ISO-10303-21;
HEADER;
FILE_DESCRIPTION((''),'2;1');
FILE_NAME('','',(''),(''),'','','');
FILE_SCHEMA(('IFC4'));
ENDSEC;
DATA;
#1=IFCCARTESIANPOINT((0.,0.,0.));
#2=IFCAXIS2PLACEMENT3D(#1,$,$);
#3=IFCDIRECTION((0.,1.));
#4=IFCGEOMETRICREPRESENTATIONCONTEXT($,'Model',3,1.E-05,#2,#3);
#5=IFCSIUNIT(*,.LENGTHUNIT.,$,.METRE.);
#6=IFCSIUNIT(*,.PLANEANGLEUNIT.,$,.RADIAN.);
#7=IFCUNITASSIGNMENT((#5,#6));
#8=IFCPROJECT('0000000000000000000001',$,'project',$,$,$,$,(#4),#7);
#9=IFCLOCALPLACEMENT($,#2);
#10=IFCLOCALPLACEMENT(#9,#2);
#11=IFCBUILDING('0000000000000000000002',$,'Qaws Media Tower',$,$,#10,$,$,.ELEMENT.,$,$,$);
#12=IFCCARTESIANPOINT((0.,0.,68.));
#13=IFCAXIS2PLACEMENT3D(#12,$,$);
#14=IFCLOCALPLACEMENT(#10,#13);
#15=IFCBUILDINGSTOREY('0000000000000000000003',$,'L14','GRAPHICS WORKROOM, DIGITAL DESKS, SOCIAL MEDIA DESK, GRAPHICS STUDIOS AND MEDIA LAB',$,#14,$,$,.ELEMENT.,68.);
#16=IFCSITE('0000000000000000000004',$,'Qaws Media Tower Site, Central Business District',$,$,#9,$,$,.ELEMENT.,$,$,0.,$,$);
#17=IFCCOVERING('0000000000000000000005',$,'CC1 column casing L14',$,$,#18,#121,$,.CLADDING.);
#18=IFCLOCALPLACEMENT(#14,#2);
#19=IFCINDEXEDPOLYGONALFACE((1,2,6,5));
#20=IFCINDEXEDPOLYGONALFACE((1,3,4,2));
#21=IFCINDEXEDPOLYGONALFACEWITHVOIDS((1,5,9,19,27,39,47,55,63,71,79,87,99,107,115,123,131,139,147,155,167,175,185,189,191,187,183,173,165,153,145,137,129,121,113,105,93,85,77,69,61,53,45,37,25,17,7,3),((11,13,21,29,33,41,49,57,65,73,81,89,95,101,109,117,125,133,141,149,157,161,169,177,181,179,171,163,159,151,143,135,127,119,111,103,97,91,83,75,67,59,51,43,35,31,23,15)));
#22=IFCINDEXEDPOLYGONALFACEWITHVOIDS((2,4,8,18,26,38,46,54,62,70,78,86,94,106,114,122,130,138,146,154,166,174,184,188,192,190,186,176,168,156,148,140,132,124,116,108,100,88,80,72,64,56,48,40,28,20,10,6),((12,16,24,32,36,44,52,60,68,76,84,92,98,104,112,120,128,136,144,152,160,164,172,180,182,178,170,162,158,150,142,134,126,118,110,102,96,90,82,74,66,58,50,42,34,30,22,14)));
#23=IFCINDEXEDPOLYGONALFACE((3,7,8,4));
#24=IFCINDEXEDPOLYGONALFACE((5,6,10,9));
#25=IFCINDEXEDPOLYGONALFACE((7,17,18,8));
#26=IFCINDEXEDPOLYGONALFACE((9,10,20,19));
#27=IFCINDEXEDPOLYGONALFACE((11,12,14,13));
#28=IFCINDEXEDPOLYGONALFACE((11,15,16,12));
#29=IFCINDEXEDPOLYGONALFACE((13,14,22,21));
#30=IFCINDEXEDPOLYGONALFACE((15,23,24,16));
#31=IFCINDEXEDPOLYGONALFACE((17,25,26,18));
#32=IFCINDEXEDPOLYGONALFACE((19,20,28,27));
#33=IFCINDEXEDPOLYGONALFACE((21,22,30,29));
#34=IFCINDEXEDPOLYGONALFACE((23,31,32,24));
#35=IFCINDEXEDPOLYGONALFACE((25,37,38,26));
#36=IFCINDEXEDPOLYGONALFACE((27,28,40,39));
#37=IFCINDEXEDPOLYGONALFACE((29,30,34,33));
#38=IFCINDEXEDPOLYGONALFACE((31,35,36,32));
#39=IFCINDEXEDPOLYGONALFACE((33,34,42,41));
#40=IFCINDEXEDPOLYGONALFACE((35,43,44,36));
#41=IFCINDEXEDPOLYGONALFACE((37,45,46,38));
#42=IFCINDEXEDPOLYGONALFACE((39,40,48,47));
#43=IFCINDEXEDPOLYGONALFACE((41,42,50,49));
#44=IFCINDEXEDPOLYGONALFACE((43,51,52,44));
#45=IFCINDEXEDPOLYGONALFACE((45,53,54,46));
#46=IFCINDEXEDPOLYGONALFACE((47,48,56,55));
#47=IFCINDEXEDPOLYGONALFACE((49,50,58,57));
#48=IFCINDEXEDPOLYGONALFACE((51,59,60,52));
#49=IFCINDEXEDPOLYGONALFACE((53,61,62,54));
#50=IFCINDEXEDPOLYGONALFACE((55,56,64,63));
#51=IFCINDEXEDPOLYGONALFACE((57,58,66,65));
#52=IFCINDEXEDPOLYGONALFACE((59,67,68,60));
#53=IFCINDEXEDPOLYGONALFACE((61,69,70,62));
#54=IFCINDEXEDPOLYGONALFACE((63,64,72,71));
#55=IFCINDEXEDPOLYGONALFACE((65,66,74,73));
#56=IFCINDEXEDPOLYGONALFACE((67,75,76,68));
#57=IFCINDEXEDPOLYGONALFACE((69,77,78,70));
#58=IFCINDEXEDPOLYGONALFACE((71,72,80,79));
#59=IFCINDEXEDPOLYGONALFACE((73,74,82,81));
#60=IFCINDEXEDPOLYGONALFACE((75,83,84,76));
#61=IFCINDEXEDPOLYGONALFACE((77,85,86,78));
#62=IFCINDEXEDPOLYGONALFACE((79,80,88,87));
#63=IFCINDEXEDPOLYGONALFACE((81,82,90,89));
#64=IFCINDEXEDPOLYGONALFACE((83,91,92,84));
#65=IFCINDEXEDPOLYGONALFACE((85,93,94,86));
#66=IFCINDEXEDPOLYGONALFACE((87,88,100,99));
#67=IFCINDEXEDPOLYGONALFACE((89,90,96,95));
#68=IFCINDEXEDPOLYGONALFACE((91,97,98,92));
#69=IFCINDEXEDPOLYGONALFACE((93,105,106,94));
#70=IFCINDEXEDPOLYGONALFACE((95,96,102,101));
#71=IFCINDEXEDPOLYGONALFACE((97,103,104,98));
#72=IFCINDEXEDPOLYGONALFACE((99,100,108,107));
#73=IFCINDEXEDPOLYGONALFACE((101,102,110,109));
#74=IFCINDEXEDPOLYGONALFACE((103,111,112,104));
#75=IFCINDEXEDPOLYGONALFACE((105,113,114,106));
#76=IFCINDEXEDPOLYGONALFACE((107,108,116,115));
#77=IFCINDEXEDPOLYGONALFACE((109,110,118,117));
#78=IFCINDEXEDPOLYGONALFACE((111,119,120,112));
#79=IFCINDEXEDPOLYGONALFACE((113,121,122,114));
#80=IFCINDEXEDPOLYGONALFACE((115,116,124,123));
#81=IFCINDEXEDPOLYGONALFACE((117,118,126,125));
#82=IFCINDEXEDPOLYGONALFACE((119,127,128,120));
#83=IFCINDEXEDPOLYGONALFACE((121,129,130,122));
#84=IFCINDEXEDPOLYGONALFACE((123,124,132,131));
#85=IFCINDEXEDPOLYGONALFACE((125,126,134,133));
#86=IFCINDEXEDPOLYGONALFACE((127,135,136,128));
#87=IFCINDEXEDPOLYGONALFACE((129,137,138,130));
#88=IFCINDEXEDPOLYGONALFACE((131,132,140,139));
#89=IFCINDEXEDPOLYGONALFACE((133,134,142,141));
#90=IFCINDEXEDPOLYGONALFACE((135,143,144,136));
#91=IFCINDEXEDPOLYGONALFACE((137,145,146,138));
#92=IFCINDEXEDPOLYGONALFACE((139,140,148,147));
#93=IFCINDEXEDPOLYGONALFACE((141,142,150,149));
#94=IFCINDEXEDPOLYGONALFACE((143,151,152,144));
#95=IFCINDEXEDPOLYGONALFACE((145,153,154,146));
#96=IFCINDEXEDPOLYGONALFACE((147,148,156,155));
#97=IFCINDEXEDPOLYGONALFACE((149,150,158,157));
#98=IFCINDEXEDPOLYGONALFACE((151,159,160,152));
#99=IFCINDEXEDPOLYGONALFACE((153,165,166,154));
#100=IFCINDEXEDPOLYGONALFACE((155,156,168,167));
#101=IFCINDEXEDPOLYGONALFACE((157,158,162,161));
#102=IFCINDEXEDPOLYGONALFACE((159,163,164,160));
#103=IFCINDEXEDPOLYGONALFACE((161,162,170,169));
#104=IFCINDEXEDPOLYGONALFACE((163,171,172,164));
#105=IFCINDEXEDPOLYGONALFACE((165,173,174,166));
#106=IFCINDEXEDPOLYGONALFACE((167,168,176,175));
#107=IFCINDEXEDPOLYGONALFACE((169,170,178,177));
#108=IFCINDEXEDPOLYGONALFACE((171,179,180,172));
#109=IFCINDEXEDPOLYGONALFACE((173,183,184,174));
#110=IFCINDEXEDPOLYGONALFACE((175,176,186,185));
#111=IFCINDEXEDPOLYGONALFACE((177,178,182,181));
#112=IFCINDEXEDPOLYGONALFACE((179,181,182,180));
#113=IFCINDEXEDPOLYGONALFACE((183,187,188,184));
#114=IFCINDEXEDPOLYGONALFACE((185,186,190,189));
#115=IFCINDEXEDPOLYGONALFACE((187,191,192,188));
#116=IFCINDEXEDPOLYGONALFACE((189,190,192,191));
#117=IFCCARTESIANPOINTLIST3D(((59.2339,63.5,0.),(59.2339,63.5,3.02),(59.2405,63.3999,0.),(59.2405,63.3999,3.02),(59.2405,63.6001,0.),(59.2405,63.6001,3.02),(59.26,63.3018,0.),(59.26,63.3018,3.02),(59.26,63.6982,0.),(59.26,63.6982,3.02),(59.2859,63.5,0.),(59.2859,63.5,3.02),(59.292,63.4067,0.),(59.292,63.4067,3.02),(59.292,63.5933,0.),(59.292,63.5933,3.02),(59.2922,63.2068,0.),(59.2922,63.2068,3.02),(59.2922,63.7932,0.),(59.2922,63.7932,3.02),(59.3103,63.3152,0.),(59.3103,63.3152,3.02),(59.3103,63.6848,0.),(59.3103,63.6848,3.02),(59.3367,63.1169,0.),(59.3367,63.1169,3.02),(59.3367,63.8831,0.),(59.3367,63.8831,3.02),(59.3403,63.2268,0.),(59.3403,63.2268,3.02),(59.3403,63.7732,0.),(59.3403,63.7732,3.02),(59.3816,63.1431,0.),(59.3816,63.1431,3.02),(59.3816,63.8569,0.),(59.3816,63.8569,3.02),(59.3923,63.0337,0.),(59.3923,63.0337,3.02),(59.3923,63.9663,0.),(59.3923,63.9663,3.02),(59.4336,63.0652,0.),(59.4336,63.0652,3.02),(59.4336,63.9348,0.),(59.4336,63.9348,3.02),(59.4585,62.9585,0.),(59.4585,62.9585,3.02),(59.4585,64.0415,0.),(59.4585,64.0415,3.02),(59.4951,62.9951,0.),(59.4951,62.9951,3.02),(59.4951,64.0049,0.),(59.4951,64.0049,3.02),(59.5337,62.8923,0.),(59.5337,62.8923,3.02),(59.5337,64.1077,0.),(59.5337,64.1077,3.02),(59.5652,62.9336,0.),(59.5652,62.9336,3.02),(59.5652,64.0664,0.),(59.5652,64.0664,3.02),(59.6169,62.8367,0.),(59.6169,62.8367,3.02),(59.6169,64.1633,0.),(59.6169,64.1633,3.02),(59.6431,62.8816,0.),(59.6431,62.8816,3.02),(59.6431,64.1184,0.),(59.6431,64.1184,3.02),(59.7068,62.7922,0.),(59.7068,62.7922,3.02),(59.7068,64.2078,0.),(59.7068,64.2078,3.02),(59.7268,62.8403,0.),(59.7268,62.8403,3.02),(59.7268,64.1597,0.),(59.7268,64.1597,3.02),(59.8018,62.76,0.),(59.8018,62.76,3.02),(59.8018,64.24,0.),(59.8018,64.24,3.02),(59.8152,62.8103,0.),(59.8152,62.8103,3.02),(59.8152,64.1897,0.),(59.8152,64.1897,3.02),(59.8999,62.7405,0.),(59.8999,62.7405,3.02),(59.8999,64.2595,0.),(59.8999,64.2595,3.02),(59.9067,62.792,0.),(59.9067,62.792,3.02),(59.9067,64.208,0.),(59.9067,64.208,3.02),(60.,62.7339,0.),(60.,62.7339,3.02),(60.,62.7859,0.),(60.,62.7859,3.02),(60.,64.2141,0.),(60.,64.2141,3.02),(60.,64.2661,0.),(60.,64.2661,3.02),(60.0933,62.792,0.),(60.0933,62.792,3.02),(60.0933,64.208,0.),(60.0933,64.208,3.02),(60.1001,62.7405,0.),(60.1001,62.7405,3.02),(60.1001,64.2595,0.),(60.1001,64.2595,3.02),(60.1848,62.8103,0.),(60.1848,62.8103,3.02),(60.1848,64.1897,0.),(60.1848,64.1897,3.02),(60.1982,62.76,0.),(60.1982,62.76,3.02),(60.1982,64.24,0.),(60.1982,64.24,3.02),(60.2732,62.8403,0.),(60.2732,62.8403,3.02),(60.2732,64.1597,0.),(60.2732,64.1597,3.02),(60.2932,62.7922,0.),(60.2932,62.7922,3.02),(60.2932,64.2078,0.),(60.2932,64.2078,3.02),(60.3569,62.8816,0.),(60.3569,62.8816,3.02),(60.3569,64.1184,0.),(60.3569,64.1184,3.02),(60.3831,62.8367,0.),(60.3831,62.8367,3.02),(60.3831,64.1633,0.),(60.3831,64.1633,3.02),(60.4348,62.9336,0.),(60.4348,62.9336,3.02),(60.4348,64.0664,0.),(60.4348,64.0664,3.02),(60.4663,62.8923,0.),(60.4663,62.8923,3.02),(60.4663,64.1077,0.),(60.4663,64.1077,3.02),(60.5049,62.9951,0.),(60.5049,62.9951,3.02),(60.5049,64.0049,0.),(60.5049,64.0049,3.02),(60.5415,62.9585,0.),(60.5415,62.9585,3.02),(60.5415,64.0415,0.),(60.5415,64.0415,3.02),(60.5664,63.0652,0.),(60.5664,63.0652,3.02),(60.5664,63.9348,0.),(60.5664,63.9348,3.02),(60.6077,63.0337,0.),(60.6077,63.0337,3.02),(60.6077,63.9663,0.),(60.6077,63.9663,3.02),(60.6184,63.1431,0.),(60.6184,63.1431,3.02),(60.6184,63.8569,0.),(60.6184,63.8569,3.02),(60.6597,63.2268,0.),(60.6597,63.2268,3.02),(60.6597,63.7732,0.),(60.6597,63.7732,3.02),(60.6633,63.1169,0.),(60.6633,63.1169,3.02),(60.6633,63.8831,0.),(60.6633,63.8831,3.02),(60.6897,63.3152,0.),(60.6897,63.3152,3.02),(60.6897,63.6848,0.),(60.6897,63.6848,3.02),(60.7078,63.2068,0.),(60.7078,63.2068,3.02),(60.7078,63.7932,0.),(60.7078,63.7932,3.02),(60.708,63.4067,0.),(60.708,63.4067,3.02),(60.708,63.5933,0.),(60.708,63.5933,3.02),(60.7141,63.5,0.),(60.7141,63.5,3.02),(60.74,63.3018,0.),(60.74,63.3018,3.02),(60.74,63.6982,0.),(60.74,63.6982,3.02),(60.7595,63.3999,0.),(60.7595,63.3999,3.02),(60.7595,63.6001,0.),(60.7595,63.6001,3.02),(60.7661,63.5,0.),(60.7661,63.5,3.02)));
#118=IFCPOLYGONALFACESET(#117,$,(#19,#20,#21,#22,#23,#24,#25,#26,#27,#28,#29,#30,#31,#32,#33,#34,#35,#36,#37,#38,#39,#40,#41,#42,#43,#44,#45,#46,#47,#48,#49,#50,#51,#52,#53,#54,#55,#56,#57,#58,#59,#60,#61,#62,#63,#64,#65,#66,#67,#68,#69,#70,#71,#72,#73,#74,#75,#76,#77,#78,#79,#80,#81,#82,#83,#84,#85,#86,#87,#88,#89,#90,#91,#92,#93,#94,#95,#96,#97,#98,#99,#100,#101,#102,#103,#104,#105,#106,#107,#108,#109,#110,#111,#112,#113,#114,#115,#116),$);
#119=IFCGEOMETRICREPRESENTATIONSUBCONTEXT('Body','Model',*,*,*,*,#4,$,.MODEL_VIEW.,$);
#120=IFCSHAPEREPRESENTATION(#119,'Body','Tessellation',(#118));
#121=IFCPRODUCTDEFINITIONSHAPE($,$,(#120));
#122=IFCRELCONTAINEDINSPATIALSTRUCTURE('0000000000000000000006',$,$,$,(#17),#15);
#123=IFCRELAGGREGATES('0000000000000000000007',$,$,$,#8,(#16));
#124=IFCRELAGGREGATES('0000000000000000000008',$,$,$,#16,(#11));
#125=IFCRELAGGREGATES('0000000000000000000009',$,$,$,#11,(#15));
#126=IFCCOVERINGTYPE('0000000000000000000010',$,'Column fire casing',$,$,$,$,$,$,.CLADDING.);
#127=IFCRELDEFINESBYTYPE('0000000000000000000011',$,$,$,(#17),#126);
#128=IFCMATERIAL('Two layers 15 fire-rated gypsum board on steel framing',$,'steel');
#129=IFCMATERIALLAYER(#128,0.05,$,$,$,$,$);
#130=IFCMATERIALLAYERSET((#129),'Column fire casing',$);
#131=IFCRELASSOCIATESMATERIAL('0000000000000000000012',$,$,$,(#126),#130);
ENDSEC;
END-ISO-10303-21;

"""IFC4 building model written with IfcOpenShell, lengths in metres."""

from ifc_helpers import new_model, si_unit, direction, frame, origin, place, context, subcontext, project, spatial, polyline, outline, extrude, material, layer, layer_set, type_object, element, save


model = new_model("IFC4")

# Units and contexts
model_context = context("Model", 3, precision=1e-05, world=origin(), true_north=direction((0.0, 1.0)))
body_context = subcontext(model_context, "Body", "Model", "MODEL_VIEW")
ifc_project = project(units=[si_unit("LENGTHUNIT", "METRE"), si_unit("PLANEANGLEUNIT", "RADIAN")], contexts=[model_context])

# Site, building, storey
site_placement = place(None, origin())
site = spatial("IfcSite", under=ifc_project, at=site_placement, Name="Qaws Media Tower Site, Central Business District", CompositionType="ELEMENT", RefElevation=0.0)
building_placement = place(site_placement, origin())
building = spatial("IfcBuilding", under=site, at=building_placement, Name="Qaws Media Tower", CompositionType="ELEMENT")
storey_placement = place(building_placement, frame((0.0, 0.0, 68.0)))
storey = spatial("IfcBuildingStorey", under=building, at=storey_placement, Name="L14", Description="GRAPHICS WORKROOM, DIGITAL DESKS, SOCIAL MEDIA DESK, GRAPHICS STUDIOS AND MEDIA LAB", CompositionType="ELEMENT", Elevation=68.0)

# Covering
ifc_material_1 = material(Name="Two layers 15 fire-rated gypsum board on steel framing", Category="steel")
ifc_layer_1 = layer(ifc_material_1, 0.05)
ifc_layer_set_1 = layer_set([ifc_layer_1], Name="Column fire casing")
covering_type_1 = type_object("IfcCoveringType", Name="Column fire casing", PredefinedType="CLADDING", material=ifc_layer_set_1)
covering_1_placement = place(storey_placement, origin())
element("IfcCovering", 1, at=covering_1_placement, inside=storey, type_object=covering_type_1, Name="CC1 column casing L14", PredefinedType="CLADDING", context=body_context, shape_type="SweptSolid", body=[
    extrude(outline(polyline([(60.7661, 63.5), (60.7595, 63.3999), (60.74, 63.3018), (60.7078, 63.2068), (60.6633, 63.1169), (60.6077, 63.0337), (60.5415, 62.9585), (60.4663, 62.8923), (60.3831, 62.8367), (60.2932, 62.7922), (60.1982, 62.76), (60.1001, 62.7405), (60.0, 62.7339), (59.8999, 62.7405), (59.8018, 62.76), (59.7068, 62.7922), (59.6169, 62.8367), (59.5337, 62.8923), (59.4585, 62.9585), (59.3923, 63.0337), (59.3367, 63.1169), (59.2922, 63.2068), (59.26, 63.3018), (59.2405, 63.3999), (59.2339, 63.5), (59.2405, 63.6001), (59.26, 63.6982), (59.2922, 63.7932), (59.3367, 63.8831), (59.3923, 63.9663), (59.4585, 64.0415), (59.5337, 64.1077), (59.6169, 64.1633), (59.7068, 64.2078), (59.8018, 64.24), (59.8999, 64.2595), (60.0, 64.2661), (60.1001, 64.2595), (60.1982, 64.24), (60.2932, 64.2078), (60.3831, 64.1633), (60.4663, 64.1077), (60.5415, 64.0415), (60.6077, 63.9663), (60.6633, 63.8831), (60.7078, 63.7932), (60.74, 63.6982), (60.7595, 63.6001), (60.7661, 63.5)]), holes=[polyline([(60.7141, 63.5), (60.708, 63.4067), (60.6897, 63.3152), (60.6597, 63.2268), (60.6184, 63.1431), (60.5664, 63.0652), (60.5049, 62.9951), (60.4348, 62.9336), (60.3569, 62.8816), (60.2732, 62.8403), (60.1848, 62.8103), (60.0933, 62.792), (60.0, 62.7859), (59.9067, 62.792), (59.8152, 62.8103), (59.7268, 62.8403), (59.6431, 62.8816), (59.5652, 62.9336), (59.4951, 62.9951), (59.4336, 63.0652), (59.3816, 63.1431), (59.3403, 63.2268), (59.3103, 63.3152), (59.292, 63.4067), (59.2859, 63.5), (59.292, 63.5933), (59.3103, 63.6848), (59.3403, 63.7732), (59.3816, 63.8569), (59.4336, 63.9348), (59.4951, 64.0049), (59.5652, 64.0664), (59.6431, 64.1184), (59.7268, 64.1597), (59.8152, 64.1897), (59.9067, 64.208), (60.0, 64.2141), (60.0933, 64.208), (60.1848, 64.1897), (60.2732, 64.1597), (60.3569, 64.1184), (60.4348, 64.0664), (60.5049, 64.0049), (60.5664, 63.9348), (60.6184, 63.8569), (60.6597, 63.7732), (60.6897, 63.6848), (60.708, 63.5933), (60.7141, 63.5)])]), origin(), (0.0, 0.0, 1.0), 3.02),
])

save(model, "model.ifc")
